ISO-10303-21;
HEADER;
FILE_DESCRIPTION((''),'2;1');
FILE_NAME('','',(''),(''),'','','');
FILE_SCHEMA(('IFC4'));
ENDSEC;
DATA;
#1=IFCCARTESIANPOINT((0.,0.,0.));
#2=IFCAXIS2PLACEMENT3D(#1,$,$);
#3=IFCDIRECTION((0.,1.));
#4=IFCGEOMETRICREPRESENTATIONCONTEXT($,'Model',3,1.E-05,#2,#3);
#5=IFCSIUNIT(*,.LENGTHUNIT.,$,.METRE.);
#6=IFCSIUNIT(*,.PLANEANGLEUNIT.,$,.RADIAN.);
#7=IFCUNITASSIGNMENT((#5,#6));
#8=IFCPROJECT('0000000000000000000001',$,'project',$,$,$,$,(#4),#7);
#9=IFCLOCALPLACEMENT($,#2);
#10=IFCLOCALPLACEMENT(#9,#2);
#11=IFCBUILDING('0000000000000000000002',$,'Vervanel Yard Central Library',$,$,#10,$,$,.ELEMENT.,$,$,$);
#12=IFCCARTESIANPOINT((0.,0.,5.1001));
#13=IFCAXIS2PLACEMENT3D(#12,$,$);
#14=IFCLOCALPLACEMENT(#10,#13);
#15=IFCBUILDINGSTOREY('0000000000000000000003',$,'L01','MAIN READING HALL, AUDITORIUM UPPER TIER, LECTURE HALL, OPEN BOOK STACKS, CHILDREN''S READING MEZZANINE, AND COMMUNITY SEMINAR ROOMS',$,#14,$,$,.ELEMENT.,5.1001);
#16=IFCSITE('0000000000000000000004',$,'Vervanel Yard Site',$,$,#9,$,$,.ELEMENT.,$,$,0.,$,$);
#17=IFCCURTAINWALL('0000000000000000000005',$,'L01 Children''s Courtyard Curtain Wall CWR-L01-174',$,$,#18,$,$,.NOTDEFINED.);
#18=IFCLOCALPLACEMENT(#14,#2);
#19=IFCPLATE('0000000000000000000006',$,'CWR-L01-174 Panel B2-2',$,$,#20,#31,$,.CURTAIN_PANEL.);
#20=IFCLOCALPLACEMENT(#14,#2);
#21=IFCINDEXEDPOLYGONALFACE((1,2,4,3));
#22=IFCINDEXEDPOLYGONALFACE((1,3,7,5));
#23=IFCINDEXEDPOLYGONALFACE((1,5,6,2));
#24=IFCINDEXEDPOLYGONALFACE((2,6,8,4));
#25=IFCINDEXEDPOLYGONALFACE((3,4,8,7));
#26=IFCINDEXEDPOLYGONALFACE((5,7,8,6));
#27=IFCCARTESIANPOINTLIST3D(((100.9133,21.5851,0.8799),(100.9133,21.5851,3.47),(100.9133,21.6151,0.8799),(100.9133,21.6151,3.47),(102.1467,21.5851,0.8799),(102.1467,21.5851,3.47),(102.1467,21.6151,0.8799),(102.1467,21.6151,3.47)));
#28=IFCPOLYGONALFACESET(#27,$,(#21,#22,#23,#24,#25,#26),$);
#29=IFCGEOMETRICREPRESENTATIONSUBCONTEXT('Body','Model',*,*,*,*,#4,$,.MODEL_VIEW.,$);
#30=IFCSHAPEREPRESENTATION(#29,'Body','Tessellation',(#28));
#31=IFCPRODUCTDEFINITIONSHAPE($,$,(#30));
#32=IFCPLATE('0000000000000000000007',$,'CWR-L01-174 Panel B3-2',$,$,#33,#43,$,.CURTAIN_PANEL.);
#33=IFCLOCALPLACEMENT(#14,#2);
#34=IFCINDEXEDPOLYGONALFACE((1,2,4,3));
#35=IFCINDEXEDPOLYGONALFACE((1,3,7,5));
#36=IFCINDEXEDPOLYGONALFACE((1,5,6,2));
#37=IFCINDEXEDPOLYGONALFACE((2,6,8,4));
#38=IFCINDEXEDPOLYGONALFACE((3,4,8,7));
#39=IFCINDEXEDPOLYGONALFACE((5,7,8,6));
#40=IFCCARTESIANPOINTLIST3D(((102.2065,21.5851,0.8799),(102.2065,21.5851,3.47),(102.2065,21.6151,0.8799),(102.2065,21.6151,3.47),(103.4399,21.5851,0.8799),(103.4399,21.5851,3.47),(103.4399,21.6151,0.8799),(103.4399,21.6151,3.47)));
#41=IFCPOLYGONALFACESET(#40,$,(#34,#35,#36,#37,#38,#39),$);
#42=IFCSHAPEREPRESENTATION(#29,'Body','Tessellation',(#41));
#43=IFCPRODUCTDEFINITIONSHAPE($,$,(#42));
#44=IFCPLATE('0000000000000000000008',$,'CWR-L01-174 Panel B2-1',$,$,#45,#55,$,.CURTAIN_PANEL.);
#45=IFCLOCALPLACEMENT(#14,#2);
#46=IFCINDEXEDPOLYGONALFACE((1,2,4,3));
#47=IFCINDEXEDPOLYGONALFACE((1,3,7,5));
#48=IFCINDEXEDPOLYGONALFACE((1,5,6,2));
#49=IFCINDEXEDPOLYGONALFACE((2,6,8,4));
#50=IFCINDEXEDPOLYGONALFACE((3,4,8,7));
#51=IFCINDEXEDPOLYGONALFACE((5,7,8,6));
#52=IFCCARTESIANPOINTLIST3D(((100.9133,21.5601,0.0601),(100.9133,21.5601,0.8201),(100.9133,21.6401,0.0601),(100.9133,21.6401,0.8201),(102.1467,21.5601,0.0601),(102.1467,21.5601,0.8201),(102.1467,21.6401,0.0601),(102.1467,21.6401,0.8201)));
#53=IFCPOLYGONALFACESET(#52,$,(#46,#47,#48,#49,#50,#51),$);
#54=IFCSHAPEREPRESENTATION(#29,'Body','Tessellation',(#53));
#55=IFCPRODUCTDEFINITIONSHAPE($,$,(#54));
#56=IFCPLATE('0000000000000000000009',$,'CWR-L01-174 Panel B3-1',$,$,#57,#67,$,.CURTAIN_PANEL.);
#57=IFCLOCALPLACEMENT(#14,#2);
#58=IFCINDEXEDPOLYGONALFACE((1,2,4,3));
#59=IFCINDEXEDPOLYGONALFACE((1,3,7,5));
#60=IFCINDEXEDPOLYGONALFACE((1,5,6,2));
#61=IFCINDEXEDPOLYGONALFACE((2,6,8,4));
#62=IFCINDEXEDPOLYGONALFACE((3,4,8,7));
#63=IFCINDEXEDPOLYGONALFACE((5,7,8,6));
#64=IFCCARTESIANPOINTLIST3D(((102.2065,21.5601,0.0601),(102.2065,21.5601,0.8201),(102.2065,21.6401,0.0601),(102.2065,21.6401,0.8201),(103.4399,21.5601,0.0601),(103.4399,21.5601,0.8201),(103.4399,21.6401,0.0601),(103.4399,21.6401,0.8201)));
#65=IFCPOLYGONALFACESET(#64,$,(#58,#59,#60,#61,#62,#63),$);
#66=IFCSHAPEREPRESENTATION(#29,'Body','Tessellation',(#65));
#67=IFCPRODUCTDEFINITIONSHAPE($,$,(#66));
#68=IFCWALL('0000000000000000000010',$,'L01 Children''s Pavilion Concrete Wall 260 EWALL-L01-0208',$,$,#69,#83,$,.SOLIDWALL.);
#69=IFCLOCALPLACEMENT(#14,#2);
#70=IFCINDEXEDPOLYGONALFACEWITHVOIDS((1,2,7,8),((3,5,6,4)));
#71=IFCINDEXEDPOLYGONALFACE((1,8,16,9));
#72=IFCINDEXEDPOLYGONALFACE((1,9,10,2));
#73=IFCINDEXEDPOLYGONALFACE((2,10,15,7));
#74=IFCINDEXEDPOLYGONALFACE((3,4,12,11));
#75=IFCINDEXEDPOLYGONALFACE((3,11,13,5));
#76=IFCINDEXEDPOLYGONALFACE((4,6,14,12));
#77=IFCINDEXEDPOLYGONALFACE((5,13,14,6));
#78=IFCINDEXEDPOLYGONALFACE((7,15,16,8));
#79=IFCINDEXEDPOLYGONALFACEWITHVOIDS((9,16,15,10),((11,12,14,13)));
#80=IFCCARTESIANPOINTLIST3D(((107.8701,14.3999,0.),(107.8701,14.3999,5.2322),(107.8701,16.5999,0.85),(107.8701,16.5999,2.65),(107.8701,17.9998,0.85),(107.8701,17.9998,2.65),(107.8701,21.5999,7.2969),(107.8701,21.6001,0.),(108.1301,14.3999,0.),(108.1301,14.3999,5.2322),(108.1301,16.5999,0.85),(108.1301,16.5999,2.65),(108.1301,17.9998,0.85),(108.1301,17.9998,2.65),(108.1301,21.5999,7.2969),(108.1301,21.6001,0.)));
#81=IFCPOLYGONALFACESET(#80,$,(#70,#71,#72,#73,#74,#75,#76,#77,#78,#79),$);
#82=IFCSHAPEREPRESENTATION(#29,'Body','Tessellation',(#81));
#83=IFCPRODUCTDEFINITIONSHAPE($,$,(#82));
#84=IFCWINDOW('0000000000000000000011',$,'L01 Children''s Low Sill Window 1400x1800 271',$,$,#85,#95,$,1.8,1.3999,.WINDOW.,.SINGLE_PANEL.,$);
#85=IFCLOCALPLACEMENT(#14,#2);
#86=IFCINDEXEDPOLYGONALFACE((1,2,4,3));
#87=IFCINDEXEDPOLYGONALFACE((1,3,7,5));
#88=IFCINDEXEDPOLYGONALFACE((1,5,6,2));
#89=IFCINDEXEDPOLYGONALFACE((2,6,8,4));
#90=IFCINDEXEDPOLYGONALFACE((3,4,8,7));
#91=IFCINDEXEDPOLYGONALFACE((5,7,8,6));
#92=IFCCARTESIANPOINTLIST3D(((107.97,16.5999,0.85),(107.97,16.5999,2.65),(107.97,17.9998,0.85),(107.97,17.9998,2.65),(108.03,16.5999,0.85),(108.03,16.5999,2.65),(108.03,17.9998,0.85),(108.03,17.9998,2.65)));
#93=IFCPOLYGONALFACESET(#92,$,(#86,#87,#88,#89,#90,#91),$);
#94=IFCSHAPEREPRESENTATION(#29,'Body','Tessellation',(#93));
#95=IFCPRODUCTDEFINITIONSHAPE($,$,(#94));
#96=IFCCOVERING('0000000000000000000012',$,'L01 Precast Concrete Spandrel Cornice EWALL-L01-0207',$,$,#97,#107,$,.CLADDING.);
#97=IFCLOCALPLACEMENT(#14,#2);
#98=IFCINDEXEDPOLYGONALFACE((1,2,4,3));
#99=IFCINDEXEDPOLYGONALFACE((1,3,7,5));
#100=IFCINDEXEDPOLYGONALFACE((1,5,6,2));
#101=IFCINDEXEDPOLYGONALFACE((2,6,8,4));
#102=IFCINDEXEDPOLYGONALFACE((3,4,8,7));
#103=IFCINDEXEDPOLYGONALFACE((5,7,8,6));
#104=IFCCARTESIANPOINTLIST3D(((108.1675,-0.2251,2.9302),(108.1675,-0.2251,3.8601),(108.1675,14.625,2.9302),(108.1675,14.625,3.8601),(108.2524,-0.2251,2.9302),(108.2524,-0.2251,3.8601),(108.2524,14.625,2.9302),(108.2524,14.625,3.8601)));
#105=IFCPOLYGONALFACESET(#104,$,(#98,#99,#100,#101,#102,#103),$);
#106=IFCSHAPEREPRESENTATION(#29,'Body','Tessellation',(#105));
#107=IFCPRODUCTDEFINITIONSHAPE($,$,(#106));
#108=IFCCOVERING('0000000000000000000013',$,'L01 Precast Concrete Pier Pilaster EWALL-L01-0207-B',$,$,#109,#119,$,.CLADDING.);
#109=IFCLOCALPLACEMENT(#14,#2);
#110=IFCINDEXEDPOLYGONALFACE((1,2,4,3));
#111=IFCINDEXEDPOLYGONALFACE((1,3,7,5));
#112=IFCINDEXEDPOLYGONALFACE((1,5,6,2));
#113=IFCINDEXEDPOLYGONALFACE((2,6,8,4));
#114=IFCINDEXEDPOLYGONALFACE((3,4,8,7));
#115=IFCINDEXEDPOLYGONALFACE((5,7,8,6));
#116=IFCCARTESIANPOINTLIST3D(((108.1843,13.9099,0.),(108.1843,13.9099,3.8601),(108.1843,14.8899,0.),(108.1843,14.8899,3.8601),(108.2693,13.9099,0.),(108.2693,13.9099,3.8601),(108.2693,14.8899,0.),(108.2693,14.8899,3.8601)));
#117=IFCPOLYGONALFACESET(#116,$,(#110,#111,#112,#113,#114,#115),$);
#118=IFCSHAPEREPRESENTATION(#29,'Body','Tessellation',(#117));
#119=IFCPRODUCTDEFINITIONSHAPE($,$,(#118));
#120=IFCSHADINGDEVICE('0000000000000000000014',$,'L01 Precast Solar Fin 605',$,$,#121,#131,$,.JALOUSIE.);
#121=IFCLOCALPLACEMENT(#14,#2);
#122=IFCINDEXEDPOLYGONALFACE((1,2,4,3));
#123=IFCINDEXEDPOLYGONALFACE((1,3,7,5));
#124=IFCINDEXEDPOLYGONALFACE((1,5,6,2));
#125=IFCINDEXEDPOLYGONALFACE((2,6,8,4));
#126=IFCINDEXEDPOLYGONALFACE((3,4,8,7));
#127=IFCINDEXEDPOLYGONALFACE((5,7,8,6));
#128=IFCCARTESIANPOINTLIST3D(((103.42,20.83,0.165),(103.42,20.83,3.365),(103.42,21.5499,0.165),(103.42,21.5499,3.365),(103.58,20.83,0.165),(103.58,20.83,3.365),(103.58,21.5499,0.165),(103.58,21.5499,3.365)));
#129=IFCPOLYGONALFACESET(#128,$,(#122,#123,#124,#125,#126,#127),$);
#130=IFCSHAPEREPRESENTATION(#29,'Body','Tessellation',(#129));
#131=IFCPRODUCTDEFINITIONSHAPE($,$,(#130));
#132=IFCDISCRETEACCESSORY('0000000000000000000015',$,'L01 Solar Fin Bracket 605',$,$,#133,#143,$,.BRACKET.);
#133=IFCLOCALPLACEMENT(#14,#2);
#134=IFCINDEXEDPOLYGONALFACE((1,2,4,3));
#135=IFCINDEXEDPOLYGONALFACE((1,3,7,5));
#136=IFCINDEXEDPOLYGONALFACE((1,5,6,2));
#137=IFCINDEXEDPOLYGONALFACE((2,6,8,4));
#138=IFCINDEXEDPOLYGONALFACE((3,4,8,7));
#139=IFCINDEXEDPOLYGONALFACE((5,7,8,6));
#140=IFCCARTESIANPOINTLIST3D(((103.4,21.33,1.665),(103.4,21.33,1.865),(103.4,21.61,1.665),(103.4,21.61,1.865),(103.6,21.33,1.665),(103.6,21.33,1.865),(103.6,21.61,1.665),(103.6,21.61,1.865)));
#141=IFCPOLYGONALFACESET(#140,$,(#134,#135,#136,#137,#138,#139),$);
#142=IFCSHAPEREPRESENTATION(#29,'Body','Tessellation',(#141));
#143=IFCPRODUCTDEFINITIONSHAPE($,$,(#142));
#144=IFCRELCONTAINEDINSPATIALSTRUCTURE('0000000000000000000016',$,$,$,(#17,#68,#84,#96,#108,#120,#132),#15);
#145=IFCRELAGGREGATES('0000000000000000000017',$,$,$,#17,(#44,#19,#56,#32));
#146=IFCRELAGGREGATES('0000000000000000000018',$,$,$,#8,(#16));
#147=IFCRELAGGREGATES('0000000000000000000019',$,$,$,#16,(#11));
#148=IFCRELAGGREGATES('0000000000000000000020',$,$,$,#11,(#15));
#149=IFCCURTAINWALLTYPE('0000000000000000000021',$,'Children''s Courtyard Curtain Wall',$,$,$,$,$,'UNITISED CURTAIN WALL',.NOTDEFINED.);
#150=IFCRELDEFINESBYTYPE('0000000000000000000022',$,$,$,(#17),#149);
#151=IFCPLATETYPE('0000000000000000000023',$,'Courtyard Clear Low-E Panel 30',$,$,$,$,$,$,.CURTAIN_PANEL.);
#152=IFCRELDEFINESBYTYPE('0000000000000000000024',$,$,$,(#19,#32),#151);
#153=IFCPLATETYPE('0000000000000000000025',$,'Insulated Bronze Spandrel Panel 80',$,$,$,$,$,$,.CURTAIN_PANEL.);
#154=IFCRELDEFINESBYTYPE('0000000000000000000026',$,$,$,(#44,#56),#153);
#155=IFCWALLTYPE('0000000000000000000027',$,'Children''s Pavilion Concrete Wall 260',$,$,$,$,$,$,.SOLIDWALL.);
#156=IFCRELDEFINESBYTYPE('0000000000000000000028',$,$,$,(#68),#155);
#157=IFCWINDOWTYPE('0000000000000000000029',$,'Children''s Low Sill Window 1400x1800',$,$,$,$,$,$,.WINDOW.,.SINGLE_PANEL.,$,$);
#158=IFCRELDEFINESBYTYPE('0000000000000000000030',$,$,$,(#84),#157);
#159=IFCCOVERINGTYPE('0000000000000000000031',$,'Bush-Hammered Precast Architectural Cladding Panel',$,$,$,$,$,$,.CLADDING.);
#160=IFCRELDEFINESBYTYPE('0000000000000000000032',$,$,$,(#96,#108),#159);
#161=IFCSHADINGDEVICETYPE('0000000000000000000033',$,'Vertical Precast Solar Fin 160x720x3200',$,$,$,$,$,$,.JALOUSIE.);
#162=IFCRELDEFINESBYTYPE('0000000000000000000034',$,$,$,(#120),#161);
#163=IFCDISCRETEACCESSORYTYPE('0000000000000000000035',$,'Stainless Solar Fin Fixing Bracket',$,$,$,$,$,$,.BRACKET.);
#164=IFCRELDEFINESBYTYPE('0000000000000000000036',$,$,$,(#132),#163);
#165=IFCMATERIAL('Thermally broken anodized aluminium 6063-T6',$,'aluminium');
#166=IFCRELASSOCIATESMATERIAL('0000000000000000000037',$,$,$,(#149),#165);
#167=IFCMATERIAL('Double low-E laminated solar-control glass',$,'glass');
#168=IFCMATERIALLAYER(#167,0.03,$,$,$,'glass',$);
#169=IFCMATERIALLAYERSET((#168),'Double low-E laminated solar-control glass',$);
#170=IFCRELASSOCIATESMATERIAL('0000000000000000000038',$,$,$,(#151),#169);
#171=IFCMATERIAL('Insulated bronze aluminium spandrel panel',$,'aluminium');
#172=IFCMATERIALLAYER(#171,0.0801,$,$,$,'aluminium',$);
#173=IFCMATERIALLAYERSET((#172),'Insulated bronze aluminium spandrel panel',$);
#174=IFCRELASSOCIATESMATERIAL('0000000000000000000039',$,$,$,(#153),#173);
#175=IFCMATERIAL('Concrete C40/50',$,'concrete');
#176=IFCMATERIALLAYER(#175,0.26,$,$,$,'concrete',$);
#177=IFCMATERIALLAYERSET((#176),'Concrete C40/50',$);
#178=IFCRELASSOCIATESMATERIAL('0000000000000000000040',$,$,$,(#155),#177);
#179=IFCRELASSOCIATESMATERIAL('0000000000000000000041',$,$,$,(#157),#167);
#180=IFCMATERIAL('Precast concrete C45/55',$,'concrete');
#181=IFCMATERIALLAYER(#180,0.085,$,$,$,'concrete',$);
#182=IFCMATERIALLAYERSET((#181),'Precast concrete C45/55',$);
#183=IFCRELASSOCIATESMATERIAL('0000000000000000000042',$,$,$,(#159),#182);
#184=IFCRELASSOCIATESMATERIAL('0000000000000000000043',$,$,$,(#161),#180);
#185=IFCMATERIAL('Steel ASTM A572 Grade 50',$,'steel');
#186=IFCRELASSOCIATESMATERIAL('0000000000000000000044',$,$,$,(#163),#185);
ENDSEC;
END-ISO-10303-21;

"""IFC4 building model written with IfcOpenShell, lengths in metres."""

from ifc_helpers import new_model, si_unit, direction, frame, frame_2d, origin, origin_2d, place, context, subcontext, project, spatial, polyline, rectangle, outline, extrude, material, layer, layer_set, type_object, element, fill, aggregate, save


model = new_model("IFC4")

# Units and contexts
model_context = context("Model", 3, precision=1e-05, world=origin(), true_north=direction((0.0, 1.0)))
body_context = subcontext(model_context, "Body", "Model", "MODEL_VIEW")
ifc_project = project(units=[si_unit("LENGTHUNIT", "METRE"), si_unit("PLANEANGLEUNIT", "RADIAN")], contexts=[model_context])

# Site, building, storey
site_placement = place(None, origin())
site = spatial("IfcSite", under=ifc_project, at=site_placement, Name="Vervanel Yard Site", CompositionType="ELEMENT", RefElevation=0.0)
building_placement = place(site_placement, origin())
building = spatial("IfcBuilding", under=site, at=building_placement, Name="Vervanel Yard Central Library", CompositionType="ELEMENT")
storey_placement = place(building_placement, frame((0.0, 0.0, 5.1001)))
storey = spatial("IfcBuildingStorey", under=building, at=storey_placement, Name="L01", Description="MAIN READING HALL, AUDITORIUM UPPER TIER, LECTURE HALL, OPEN BOOK STACKS, CHILDREN'S READING MEZZANINE, AND COMMUNITY SEMINAR ROOMS", CompositionType="ELEMENT", Elevation=5.1001)

# Curtain wall
ifc_material_1 = material(Name="Thermally broken anodized aluminium 6063-T6", Category="aluminium")
curtain_wall_type = type_object("IfcCurtainWallType", Name="Children's Courtyard Curtain Wall", ElementType="UNITISED CURTAIN WALL", PredefinedType="NOTDEFINED", material=ifc_material_1)
curtain_wall_1_placement = place(storey_placement, origin())
curtain_wall_1 = element("IfcCurtainWall", 1, at=curtain_wall_1_placement, inside=storey, type_object=curtain_wall_type, Name="L01 Children's Courtyard Curtain Wall CWR-L01-174", PredefinedType="NOTDEFINED")

# Plates
ifc_material_2 = material(Name="Double low-E laminated solar-control glass", Category="glass")
ifc_layer_1 = layer(ifc_material_2, 0.03, Category="glass")
ifc_layer_set_1 = layer_set([ifc_layer_1], Name="Double low-E laminated solar-control glass")
plate_type_1 = type_object("IfcPlateType", Name="Courtyard Clear Low-E Panel 30", PredefinedType="CURTAIN_PANEL", material=ifc_layer_set_1)
plate_1_placement = place(storey_placement, frame((101.53, 21.6001, 0.8799), z_axis=(0.0, 0.0, 1.0), x_axis=(1.0, 0.0, 0.0)))
plate_1 = element("IfcPlate", 2, at=plate_1_placement, type_object=plate_type_1, Name="CWR-L01-174 Panel B2-2", PredefinedType="CURTAIN_PANEL", context=body_context, shape_type="SweptSolid", body=[
    extrude(rectangle(XDim=1.2334, YDim=0.03, at=origin_2d()), origin(), (0.0, 0.0, 1.0), 2.5901),
])
plate_2_placement = place(storey_placement, frame((102.8232, 21.6001, 0.8799), z_axis=(0.0, 0.0, 1.0), x_axis=(1.0, 0.0, 0.0)))
plate_2 = element("IfcPlate", 3, at=plate_2_placement, type_object=plate_type_1, Name="CWR-L01-174 Panel B3-2", PredefinedType="CURTAIN_PANEL", context=body_context, shape_type="SweptSolid", body=[
    extrude(rectangle(XDim=1.2334, YDim=0.03, at=origin_2d()), origin(), (0.0, 0.0, 1.0), 2.5901),
])
ifc_material_3 = material(Name="Insulated bronze aluminium spandrel panel", Category="aluminium")
ifc_layer_2 = layer(ifc_material_3, 0.0801, Category="aluminium")
ifc_layer_set_2 = layer_set([ifc_layer_2], Name="Insulated bronze aluminium spandrel panel")
plate_type_2 = type_object("IfcPlateType", Name="Insulated Bronze Spandrel Panel 80", PredefinedType="CURTAIN_PANEL", material=ifc_layer_set_2)
plate_3_placement = place(storey_placement, frame((101.53, 21.6001, 0.0601), z_axis=(0.0, 0.0, 1.0), x_axis=(1.0, 0.0, 0.0)))
plate_3 = element("IfcPlate", 4, at=plate_3_placement, type_object=plate_type_2, Name="CWR-L01-174 Panel B2-1", PredefinedType="CURTAIN_PANEL", context=body_context, shape_type="SweptSolid", body=[
    extrude(rectangle(XDim=1.2334, YDim=0.0801, at=origin_2d()), origin(), (0.0, 0.0, 1.0), 0.76),
])
plate_4_placement = place(storey_placement, frame((102.8232, 21.6001, 0.0601), z_axis=(0.0, 0.0, 1.0), x_axis=(1.0, 0.0, 0.0)))
plate_4 = element("IfcPlate", 5, at=plate_4_placement, type_object=plate_type_2, Name="CWR-L01-174 Panel B3-1", PredefinedType="CURTAIN_PANEL", context=body_context, shape_type="SweptSolid", body=[
    extrude(rectangle(XDim=1.2334, YDim=0.0801, at=origin_2d()), origin(), (0.0, 0.0, 1.0), 0.76),
])
aggregate(curtain_wall_1, [plate_3, plate_1, plate_4, plate_2])

# Wall, opening, window
ifc_material_4 = material(Name="Concrete C40/50", Category="concrete")
ifc_layer_3 = layer(ifc_material_4, 0.26, Category="concrete")
ifc_layer_set_3 = layer_set([ifc_layer_3], Name="Concrete C40/50")
wall_type = type_object("IfcWallType", Name="Children's Pavilion Concrete Wall 260", PredefinedType="SOLIDWALL", material=ifc_layer_set_3)
wall_placement = place(storey_placement, frame((108.0, 14.3999, 0.0), z_axis=(0.0, 0.0, 1.0), x_axis=(0.0, 1.0, 0.0)))
wall = element("IfcWall", 6, at=wall_placement, inside=storey, type_object=wall_type, Name="L01 Children's Pavilion Concrete Wall 260 EWALL-L01-0208", PredefinedType="SOLIDWALL", context=body_context, shape_type="SweptSolid", body=[
    extrude(outline(polyline([(0.0, 0.0), (7.2002, 0.0), (7.2, 7.2969), (0.0, 5.2322), (0.0, 0.0)])), frame((0.0, 0.1299, 0.0), z_axis=(0.0, -1.0, 0.0), x_axis=(1.0, 0.0, 0.0)), (0.0, 0.0, 1.0), 0.26),
])
opening_placement = place(wall_placement, frame((2.2, 0.0, 0.8501)))
opening = element("IfcOpeningElement", 7, at=opening_placement, cuts=wall, PredefinedType="OPENING", context=body_context, shape_type="SweptSolid", body=[
    extrude(rectangle(XDim=1.3999, YDim=1.8, at=frame_2d((0.7, 0.8999))), frame((0.0, 0.1399, 0.0), z_axis=(0.0, -1.0, 0.0), x_axis=(1.0, 0.0, 0.0)), (0.0, 0.0, 1.0), 0.28),
])
window_type = type_object("IfcWindowType", Name="Children's Low Sill Window 1400x1800", PartitioningType="SINGLE_PANEL", PredefinedType="WINDOW", material=ifc_material_2)
window_placement = place(opening_placement, origin())
window = element("IfcWindow", 8, at=window_placement, inside=storey, type_object=window_type, Name="L01 Children's Low Sill Window 1400x1800 271", OverallHeight=1.8, OverallWidth=1.3999, PartitioningType="SINGLE_PANEL", PredefinedType="WINDOW", context=body_context, shape_type="SweptSolid", body=[
    extrude(rectangle(XDim=1.3999, YDim=1.8, at=frame_2d((0.7, 0.8999))), frame((0.0, 0.03, 0.0), z_axis=(0.0, -1.0, 0.0), x_axis=(1.0, 0.0, 0.0)), (0.0, 0.0, 1.0), 0.0601),
])
fill(opening, window)

# Coverings
ifc_material_5 = material(Name="Precast concrete C45/55", Category="concrete")
ifc_layer_4 = layer(ifc_material_5, 0.085, Category="concrete")
ifc_layer_set_4 = layer_set([ifc_layer_4], Name="Precast concrete C45/55")
covering_type = type_object("IfcCoveringType", Name="Bush-Hammered Precast Architectural Cladding Panel", PredefinedType="CLADDING", material=ifc_layer_set_4)
covering_1_placement = place(storey_placement, frame((108.21, 7.2, 2.9302), z_axis=(0.0, 0.0, 1.0), x_axis=(0.0, 1.0, 0.0)))
element("IfcCovering", 9, at=covering_1_placement, inside=storey, type_object=covering_type, Name="L01 Precast Concrete Spandrel Cornice EWALL-L01-0207", PredefinedType="CLADDING", context=body_context, shape_type="SweptSolid", body=[
    extrude(rectangle(XDim=14.8501, YDim=0.085, at=origin_2d()), origin(), (0.0, 0.0, 1.0), 0.9299),
])
covering_2_placement = place(storey_placement, frame((108.2268, 14.3999, 0.0), z_axis=(0.0, 0.0, 1.0), x_axis=(0.0, 1.0, 0.0)))
element("IfcCovering", 10, at=covering_2_placement, inside=storey, type_object=covering_type, Name="L01 Precast Concrete Pier Pilaster EWALL-L01-0207-B", PredefinedType="CLADDING", context=body_context, shape_type="SweptSolid", body=[
    extrude(rectangle(XDim=0.98, YDim=0.085, at=origin_2d()), origin(), (0.0, 0.0, 1.0), 3.8601),
])

# Shading device
shading_device_type = type_object("IfcShadingDeviceType", Name="Vertical Precast Solar Fin 160x720x3200", PredefinedType="JALOUSIE", material=ifc_material_5)
shading_device_placement = place(storey_placement, frame((103.5, 21.1899, 0.165), z_axis=(0.0, 0.0, 1.0), x_axis=(1.0, 0.0, 0.0)))
element("IfcShadingDevice", 11, at=shading_device_placement, inside=storey, type_object=shading_device_type, Name="L01 Precast Solar Fin 605", PredefinedType="JALOUSIE", context=body_context, shape_type="SweptSolid", body=[
    extrude(rectangle(XDim=0.1599, YDim=0.72, at=origin_2d()), origin(), (0.0, 0.0, 1.0), 3.2),
])

# Discrete accessory
ifc_material_6 = material(Name="Steel ASTM A572 Grade 50", Category="steel")
discrete_accessory_type = type_object("IfcDiscreteAccessoryType", Name="Stainless Solar Fin Fixing Bracket", PredefinedType="BRACKET", material=ifc_material_6)
discrete_accessory_placement = place(storey_placement, frame((103.5, 21.47, 1.665), z_axis=(0.0, 0.0, 1.0), x_axis=(1.0, 0.0, 0.0)))
element("IfcDiscreteAccessory", 12, at=discrete_accessory_placement, inside=storey, type_object=discrete_accessory_type, Name="L01 Solar Fin Bracket 605", PredefinedType="BRACKET", context=body_context, shape_type="SweptSolid", body=[
    extrude(rectangle(XDim=0.2, YDim=0.28, at=origin_2d()), origin(), (0.0, 0.0, 1.0), 0.2),
])

save(model, "model.ifc")
